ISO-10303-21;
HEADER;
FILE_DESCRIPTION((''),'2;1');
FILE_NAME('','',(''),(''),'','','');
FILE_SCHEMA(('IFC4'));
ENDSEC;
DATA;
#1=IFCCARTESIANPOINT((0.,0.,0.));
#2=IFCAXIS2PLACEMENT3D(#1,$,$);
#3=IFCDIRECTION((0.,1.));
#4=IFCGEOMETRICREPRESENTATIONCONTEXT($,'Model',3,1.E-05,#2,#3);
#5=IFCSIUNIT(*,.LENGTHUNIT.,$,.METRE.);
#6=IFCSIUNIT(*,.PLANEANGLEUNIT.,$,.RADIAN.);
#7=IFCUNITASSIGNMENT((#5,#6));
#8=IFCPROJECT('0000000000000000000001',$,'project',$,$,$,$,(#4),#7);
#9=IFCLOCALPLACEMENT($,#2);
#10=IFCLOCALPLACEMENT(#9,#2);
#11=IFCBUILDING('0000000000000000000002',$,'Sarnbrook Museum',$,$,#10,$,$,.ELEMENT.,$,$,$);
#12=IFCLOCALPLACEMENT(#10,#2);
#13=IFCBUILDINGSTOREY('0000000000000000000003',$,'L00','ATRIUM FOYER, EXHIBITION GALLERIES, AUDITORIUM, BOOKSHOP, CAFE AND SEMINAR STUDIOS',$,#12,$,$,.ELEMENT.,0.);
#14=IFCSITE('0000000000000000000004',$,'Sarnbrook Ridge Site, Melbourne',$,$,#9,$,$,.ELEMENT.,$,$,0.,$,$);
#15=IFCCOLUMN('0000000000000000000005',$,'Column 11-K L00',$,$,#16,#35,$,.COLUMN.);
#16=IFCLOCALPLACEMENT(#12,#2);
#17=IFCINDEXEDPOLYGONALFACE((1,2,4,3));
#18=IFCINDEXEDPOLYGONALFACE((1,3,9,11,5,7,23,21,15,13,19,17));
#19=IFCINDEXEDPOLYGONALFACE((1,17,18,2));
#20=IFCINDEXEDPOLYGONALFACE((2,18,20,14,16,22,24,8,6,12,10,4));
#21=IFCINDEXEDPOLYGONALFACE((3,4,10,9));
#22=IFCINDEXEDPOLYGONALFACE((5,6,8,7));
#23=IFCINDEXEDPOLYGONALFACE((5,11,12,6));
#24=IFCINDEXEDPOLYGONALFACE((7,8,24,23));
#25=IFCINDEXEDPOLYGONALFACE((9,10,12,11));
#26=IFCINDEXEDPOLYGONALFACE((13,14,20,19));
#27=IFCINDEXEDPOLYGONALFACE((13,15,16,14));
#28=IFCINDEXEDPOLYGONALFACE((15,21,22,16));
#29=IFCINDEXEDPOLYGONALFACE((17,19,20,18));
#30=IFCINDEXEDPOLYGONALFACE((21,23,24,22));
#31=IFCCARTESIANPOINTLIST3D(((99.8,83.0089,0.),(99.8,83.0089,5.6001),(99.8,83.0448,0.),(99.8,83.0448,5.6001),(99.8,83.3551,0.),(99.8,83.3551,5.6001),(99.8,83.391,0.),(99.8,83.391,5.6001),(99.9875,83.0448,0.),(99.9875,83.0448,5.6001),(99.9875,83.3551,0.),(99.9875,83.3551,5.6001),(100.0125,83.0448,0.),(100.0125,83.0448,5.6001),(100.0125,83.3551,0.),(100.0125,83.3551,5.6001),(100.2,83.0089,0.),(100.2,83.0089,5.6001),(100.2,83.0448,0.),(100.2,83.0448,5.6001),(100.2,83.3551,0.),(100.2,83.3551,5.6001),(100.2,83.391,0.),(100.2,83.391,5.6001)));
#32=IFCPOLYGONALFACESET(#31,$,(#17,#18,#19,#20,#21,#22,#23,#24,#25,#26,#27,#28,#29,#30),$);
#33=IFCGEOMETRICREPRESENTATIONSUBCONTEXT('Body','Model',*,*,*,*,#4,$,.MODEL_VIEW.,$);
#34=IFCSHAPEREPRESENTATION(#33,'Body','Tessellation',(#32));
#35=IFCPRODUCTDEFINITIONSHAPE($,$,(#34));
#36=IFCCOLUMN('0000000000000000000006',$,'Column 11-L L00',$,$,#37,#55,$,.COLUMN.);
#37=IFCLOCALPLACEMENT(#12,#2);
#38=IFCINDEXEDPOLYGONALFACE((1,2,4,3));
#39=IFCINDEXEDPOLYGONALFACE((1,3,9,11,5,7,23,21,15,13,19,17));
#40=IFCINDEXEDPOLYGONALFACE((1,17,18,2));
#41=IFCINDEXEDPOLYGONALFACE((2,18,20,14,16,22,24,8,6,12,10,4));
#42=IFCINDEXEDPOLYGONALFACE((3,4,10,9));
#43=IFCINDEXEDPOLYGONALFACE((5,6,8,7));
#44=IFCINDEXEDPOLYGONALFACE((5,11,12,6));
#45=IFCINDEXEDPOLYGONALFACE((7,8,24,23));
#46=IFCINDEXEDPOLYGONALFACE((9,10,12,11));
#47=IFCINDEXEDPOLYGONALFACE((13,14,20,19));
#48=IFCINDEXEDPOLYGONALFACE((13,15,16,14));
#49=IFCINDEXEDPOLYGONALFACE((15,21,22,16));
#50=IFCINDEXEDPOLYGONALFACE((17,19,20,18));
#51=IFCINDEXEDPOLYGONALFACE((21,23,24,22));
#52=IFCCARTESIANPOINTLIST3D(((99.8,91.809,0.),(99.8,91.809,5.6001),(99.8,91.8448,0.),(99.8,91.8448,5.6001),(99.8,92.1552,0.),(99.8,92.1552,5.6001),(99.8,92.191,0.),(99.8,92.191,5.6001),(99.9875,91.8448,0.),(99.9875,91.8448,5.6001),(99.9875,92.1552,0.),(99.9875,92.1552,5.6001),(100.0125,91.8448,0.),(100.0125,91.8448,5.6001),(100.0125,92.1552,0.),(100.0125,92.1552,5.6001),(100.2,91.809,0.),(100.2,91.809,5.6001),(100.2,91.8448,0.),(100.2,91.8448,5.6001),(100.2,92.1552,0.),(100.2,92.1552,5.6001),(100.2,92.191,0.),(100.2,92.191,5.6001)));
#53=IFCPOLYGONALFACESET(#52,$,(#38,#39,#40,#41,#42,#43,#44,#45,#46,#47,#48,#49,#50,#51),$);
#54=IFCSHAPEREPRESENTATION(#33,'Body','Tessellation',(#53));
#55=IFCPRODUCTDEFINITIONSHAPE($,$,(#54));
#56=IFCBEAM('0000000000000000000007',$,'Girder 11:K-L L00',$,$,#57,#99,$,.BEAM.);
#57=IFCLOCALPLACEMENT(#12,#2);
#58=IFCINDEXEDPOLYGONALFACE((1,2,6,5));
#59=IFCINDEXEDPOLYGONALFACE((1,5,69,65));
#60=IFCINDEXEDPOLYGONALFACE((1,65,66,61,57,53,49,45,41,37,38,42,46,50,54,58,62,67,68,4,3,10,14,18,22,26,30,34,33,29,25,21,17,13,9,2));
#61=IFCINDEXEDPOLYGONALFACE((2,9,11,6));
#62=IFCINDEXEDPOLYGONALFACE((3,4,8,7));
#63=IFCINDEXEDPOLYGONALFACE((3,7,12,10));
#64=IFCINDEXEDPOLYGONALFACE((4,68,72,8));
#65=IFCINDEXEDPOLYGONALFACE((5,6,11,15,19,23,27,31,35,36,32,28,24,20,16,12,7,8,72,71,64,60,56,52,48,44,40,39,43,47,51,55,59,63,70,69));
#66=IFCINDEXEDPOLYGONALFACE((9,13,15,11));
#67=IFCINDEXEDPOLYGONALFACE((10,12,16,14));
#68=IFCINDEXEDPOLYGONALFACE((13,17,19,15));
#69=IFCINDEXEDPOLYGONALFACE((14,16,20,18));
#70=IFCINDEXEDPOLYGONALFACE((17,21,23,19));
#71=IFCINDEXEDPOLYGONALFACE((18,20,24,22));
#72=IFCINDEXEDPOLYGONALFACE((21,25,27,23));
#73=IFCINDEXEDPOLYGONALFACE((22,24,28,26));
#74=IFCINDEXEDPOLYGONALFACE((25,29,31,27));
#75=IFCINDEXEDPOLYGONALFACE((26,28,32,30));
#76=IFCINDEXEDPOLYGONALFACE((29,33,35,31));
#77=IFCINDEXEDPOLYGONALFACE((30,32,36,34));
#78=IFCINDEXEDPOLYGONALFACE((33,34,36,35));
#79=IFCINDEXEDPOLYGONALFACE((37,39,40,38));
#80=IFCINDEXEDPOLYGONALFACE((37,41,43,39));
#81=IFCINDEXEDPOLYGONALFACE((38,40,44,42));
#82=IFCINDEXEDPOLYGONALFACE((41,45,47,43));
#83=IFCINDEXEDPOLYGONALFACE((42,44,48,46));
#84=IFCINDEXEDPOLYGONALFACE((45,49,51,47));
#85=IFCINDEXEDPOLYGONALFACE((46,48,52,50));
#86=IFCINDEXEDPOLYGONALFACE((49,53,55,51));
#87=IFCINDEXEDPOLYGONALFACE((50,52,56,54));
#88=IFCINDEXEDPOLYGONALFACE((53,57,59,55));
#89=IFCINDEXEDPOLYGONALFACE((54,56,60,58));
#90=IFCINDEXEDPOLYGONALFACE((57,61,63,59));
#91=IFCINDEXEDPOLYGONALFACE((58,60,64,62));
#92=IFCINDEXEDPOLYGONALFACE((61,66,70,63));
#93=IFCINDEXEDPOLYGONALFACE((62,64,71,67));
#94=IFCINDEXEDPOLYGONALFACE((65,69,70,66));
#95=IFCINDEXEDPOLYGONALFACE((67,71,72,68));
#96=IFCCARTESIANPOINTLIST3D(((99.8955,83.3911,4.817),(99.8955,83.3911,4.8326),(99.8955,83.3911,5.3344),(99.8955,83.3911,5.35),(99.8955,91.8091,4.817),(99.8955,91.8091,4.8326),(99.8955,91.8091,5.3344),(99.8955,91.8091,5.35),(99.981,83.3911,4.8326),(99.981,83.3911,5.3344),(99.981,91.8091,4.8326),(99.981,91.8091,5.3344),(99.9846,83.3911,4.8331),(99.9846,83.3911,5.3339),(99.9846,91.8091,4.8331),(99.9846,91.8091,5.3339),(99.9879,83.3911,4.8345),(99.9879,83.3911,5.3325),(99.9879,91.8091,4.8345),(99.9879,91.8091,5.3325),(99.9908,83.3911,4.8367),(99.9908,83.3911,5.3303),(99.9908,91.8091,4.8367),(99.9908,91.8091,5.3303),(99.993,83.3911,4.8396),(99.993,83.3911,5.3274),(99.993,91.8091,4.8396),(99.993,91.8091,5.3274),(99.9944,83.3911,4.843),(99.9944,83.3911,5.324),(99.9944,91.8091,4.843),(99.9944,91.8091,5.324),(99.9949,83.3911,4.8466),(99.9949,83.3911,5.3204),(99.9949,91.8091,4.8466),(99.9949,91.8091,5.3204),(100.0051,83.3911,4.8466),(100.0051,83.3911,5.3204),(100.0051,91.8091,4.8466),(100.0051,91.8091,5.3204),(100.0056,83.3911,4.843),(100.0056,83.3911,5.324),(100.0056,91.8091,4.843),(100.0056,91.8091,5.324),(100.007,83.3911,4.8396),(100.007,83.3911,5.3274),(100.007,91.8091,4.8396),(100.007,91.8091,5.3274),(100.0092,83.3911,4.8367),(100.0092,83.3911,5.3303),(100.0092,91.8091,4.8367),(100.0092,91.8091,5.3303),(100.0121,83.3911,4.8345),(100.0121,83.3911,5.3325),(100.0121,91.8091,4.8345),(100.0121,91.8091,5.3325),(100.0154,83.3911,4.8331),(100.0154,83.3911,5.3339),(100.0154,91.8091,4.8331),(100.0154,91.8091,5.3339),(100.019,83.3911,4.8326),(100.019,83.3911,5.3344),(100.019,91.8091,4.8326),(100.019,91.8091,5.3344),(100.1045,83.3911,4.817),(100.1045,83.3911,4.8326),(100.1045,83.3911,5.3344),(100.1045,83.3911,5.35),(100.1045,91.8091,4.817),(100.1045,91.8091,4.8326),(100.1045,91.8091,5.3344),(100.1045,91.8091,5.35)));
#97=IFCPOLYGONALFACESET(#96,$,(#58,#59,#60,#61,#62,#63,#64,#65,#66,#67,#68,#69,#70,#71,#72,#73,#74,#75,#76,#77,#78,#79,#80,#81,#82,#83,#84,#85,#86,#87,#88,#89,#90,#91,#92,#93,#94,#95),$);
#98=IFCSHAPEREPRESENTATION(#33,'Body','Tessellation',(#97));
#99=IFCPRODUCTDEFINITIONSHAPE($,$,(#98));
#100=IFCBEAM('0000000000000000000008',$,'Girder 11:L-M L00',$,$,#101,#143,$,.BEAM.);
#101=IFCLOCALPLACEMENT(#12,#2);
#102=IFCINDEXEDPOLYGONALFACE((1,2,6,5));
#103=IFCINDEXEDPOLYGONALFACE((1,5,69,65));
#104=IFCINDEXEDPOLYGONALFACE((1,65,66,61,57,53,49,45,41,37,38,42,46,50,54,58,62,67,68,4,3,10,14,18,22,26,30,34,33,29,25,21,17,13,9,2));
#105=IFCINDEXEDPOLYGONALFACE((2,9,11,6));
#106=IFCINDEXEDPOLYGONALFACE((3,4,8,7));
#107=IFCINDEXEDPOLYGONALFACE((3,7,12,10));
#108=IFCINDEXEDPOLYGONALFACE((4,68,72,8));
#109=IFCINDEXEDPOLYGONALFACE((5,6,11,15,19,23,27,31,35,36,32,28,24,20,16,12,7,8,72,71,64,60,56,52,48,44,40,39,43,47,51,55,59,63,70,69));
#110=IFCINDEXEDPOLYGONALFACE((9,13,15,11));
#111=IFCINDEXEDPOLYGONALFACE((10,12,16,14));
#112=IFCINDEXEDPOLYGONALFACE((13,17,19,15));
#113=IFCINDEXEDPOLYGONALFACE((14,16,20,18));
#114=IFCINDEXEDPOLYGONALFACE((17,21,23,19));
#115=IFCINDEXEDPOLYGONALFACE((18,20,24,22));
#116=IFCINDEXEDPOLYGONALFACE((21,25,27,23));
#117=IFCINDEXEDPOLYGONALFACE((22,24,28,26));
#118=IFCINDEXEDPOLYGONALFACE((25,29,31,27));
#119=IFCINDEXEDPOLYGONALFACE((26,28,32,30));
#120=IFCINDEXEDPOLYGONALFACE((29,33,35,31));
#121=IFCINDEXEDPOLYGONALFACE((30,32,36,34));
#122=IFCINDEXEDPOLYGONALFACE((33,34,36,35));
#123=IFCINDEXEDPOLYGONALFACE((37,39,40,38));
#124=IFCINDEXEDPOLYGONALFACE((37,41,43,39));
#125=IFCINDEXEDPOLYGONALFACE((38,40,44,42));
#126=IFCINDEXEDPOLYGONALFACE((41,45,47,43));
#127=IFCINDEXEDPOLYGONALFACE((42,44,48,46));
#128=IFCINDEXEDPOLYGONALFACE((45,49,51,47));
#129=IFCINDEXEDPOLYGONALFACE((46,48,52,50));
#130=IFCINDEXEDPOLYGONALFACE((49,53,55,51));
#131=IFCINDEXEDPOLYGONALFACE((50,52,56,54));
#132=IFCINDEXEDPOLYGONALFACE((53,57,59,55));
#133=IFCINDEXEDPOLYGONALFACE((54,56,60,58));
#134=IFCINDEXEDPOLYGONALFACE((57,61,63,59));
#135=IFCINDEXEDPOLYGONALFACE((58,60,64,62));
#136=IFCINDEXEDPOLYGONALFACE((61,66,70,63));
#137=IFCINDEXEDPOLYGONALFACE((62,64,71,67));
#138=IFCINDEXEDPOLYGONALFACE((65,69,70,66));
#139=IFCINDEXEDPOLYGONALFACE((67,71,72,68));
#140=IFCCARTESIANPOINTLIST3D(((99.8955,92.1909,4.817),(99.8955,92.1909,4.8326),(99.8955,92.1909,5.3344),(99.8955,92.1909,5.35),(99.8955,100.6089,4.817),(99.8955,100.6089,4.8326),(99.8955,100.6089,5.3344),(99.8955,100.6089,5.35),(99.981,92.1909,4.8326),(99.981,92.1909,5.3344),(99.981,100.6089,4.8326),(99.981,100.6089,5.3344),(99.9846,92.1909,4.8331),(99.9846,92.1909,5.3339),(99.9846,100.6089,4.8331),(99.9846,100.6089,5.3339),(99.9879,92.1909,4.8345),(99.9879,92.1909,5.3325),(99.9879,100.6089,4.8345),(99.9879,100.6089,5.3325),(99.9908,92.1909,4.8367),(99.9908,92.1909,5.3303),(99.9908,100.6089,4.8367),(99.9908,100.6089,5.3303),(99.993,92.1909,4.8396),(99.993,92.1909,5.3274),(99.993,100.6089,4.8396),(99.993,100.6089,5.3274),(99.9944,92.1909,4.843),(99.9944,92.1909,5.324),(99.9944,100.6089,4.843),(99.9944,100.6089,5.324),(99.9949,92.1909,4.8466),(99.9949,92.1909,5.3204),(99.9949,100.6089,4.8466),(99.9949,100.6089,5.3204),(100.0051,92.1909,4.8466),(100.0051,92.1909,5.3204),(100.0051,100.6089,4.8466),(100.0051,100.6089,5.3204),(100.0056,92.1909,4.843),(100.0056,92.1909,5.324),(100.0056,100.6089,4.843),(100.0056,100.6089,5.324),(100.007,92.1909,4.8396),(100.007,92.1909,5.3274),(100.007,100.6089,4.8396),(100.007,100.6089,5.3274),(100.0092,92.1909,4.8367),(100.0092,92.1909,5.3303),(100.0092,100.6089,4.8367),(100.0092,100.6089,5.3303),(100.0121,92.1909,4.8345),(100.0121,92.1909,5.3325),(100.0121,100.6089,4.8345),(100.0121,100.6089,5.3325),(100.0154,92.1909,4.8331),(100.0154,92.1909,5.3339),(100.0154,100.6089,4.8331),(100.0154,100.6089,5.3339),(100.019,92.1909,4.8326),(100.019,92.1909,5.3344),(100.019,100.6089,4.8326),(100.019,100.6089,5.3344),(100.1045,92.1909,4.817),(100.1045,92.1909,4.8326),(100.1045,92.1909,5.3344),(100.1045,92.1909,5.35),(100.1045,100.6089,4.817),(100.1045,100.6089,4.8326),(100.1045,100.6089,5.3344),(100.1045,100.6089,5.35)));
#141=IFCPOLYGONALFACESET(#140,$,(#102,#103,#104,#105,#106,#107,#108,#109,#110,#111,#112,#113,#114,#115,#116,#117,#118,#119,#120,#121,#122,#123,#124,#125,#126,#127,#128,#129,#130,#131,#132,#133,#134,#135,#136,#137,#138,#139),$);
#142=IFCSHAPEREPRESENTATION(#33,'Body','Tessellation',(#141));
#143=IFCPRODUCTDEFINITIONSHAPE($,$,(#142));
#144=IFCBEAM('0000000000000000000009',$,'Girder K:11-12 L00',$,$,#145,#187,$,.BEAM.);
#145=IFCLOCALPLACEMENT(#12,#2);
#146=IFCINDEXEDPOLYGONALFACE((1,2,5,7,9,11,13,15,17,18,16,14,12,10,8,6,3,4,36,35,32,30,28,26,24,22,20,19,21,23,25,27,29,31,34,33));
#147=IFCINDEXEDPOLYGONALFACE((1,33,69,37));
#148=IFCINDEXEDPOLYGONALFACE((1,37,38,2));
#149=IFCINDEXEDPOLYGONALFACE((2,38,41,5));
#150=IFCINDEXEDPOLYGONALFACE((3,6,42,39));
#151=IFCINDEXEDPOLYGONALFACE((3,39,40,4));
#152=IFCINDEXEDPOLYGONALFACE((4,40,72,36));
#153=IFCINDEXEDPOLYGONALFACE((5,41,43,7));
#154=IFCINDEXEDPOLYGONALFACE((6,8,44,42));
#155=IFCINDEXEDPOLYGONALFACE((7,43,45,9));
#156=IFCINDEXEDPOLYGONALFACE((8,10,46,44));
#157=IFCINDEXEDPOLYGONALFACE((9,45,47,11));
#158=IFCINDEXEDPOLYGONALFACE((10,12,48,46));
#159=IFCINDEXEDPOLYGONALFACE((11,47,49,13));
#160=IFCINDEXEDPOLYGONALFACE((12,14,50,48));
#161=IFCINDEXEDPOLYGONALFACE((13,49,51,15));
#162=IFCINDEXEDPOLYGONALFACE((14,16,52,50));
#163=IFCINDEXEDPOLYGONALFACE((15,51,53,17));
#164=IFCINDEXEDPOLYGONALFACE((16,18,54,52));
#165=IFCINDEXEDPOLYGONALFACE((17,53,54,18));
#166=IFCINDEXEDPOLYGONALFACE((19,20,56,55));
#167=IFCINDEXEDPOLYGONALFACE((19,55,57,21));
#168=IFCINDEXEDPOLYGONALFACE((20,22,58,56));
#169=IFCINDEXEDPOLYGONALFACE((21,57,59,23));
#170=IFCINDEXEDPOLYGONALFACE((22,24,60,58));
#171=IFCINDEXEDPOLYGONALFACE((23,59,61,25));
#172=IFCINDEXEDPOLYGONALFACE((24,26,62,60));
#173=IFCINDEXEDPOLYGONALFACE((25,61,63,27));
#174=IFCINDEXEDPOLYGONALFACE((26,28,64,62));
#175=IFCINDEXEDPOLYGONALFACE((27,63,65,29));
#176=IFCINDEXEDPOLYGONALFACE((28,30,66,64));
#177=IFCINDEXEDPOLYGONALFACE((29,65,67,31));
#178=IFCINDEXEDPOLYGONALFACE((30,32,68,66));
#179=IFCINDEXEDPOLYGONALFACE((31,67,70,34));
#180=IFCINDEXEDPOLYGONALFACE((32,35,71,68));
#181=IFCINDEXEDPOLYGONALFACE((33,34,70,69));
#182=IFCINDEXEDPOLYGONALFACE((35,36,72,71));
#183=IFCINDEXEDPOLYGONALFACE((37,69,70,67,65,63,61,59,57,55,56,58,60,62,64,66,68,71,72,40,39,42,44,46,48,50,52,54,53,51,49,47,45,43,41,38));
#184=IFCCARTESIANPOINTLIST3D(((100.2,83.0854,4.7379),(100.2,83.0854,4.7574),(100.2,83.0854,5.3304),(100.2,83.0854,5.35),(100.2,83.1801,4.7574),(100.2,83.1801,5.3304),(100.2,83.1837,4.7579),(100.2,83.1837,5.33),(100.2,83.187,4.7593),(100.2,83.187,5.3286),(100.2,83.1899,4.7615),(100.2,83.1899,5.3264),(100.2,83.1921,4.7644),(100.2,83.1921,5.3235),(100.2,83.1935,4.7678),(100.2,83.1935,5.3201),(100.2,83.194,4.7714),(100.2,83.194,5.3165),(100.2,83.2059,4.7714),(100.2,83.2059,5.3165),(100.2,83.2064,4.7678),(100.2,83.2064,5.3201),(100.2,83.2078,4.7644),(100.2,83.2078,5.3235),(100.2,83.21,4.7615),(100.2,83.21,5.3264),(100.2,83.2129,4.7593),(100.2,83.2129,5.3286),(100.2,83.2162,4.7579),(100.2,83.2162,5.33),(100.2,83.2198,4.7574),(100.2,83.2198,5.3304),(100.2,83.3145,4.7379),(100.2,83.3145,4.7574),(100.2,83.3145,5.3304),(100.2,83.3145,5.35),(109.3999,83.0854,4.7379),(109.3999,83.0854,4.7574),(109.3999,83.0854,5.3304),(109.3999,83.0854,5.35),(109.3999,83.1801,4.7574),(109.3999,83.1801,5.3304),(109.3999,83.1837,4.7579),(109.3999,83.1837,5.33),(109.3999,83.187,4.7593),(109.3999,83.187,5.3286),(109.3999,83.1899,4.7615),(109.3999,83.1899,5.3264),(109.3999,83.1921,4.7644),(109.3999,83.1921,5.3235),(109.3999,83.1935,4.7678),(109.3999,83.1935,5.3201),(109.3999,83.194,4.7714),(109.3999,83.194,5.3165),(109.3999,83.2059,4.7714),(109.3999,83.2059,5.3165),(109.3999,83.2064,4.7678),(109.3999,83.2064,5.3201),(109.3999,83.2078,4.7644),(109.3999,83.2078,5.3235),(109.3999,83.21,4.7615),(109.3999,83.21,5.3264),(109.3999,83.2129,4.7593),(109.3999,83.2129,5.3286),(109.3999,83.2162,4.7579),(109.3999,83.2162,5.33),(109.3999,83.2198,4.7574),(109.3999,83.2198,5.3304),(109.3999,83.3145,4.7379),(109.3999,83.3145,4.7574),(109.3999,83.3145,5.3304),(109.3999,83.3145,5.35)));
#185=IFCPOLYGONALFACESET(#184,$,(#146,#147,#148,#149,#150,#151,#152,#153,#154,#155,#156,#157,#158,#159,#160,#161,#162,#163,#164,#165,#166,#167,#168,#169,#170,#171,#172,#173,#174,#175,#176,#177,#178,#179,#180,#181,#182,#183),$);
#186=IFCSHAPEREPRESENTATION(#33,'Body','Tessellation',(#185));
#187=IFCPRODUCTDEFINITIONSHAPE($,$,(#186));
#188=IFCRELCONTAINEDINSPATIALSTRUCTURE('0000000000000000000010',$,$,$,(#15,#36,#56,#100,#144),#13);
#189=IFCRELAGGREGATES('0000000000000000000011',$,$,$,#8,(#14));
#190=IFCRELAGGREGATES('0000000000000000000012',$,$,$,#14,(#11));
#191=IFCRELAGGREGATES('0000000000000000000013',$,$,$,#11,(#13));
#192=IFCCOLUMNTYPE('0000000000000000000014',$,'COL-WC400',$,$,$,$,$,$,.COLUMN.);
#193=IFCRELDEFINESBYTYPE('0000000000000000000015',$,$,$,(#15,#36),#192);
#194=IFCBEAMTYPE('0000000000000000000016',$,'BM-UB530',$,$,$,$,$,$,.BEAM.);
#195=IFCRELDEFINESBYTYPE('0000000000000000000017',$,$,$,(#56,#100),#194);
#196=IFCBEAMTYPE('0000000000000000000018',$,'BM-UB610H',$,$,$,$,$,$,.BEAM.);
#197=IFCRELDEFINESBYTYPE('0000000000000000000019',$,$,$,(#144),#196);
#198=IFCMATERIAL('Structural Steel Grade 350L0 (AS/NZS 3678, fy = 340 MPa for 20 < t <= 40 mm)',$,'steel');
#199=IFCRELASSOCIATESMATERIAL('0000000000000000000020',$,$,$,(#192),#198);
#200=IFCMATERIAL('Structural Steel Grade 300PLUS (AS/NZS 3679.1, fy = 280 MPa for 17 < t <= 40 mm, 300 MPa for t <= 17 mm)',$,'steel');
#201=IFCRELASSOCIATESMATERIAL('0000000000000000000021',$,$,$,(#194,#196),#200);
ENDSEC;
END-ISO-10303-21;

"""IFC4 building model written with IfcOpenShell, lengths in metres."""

from ifc_helpers import new_model, si_unit, direction, frame, origin, origin_2d, place, context, subcontext, project, spatial, i_section, extrude, material, material_profile, profile_set, type_object, element, save


model = new_model("IFC4")

# Units and contexts
model_context = context("Model", 3, precision=1e-05, world=origin(), true_north=direction((0.0, 1.0)))
body_context = subcontext(model_context, "Body", "Model", "MODEL_VIEW")
ifc_project = project(units=[si_unit("LENGTHUNIT", "METRE"), si_unit("PLANEANGLEUNIT", "RADIAN")], contexts=[model_context])

# Site, building, storey
site_placement = place(None, origin())
site = spatial("IfcSite", under=ifc_project, at=site_placement, Name="Sarnbrook Ridge Site, Melbourne", CompositionType="ELEMENT", RefElevation=0.0)
building_placement = place(site_placement, origin())
building = spatial("IfcBuilding", under=site, at=building_placement, Name="Sarnbrook Museum", CompositionType="ELEMENT")
storey_placement = place(building_placement, origin())
storey = spatial("IfcBuildingStorey", under=building, at=storey_placement, Name="L00", Description="ATRIUM FOYER, EXHIBITION GALLERIES, AUDITORIUM, BOOKSHOP, CAFE AND SEMINAR STUDIOS", CompositionType="ELEMENT", Elevation=0.0)

# Columns
ifc_material_1 = material(Name="Structural Steel Grade 350L0 (AS/NZS 3678, fy = 340 MPa for 20 < t <= 40 mm)", Category="steel")
ifc_material_profile_1 = material_profile(ifc_material_1, i_section(OverallWidth=0.3999, OverallDepth=0.3821, WebThickness=0.0249, FlangeThickness=0.0359, at=origin_2d()), Name="400WC270")
ifc_profile_set_1 = profile_set([ifc_material_profile_1], Name="Structural Steel Grade 350L0 (AS/NZS 3678, fy = 340 MPa for 20 < t <= 40 mm)")
column_type = type_object("IfcColumnType", Name="COL-WC400", PredefinedType="COLUMN", material=ifc_profile_set_1)
for number, where, z_axis, x_axis, name in (
    (1, (100.0, 83.2, 0.0), (0.0, 0.0, 1.0), (1.0, 0.0, 0.0), "Column 11-K L00"),
    (2, (100.0, 92.0, 0.0), (0.0, 0.0, 1.0), (1.0, 0.0, 0.0), "Column 11-L L00"),
):
    element("IfcColumn", number, at=place(storey_placement, frame(where, z_axis=z_axis, x_axis=x_axis)), inside=storey, type_object=column_type, Name=name, PredefinedType="COLUMN", context=body_context, shape_type="SweptSolid", body=[
        extrude(i_section(OverallWidth=0.3999, OverallDepth=0.3821, WebThickness=0.0249, FlangeThickness=0.0359, at=origin_2d()), origin(), (0.0, 0.0, 1.0), 5.6001),
    ])

# Beams
ifc_material_2 = material(Name="Structural Steel Grade 300PLUS (AS/NZS 3679.1, fy = 280 MPa for 17 < t <= 40 mm, 300 MPa for t <= 17 mm)", Category="steel")
ifc_material_profile_2 = material_profile(ifc_material_2, i_section(OverallWidth=0.209, OverallDepth=0.533, WebThickness=0.0103, FlangeThickness=0.0156, FilletRadius=0.0139, at=origin_2d()), Name="530UB92.4")
ifc_profile_set_2 = profile_set([ifc_material_profile_2], Name="Structural Steel Grade 300PLUS (AS/NZS 3679.1, fy = 280 MPa for 17 < t <= 40 mm, 300 MPa for t <= 17 mm)")
beam_type_1 = type_object("IfcBeamType", Name="BM-UB530", PredefinedType="BEAM", material=ifc_profile_set_2)
for number, where, z_axis, x_axis, name in (
    (3, (100.0, 83.3911, 5.0835), (0.0, 1.0, 0.0), (-1.0, 0.0, 0.0), "Girder 11:K-L L00"),
    (4, (100.0, 92.1909, 5.0835), (0.0, 1.0, 0.0), (-1.0, 0.0, 0.0), "Girder 11:L-M L00"),
):
    element("IfcBeam", number, at=place(storey_placement, frame(where, z_axis=z_axis, x_axis=x_axis)), inside=storey, type_object=beam_type_1, Name=name, PredefinedType="BEAM", context=body_context, shape_type="SweptSolid", body=[
        extrude(i_section(OverallWidth=0.209, OverallDepth=0.533, WebThickness=0.0103, FlangeThickness=0.0156, FilletRadius=0.0139, at=origin_2d()), origin(), (0.0, 0.0, 1.0), 8.418),
    ])
ifc_material_profile_3 = material_profile(ifc_material_2, i_section(OverallWidth=0.229, OverallDepth=0.6121, WebThickness=0.012, FlangeThickness=0.0195, FilletRadius=0.0139, at=origin_2d()), Name="610UB125")
ifc_profile_set_3 = profile_set([ifc_material_profile_3], Name="Structural Steel Grade 300PLUS (AS/NZS 3679.1, fy = 280 MPa for 17 < t <= 40 mm, 300 MPa for t <= 17 mm)")
beam_type_2 = type_object("IfcBeamType", Name="BM-UB610H", PredefinedType="BEAM", material=ifc_profile_set_3)
for number, where, z_axis, x_axis, name in (
    (5, (100.2, 83.2, 5.0439), (1.0, 0.0, 0.0), (0.0, 1.0, 0.0), "Girder K:11-12 L00"),
):
    element("IfcBeam", number, at=place(storey_placement, frame(where, z_axis=z_axis, x_axis=x_axis)), inside=storey, type_object=beam_type_2, Name=name, PredefinedType="BEAM", context=body_context, shape_type="SweptSolid", body=[
        extrude(i_section(OverallWidth=0.229, OverallDepth=0.6121, WebThickness=0.012, FlangeThickness=0.0195, FilletRadius=0.0139, at=origin_2d()), origin(), (0.0, 0.0, 1.0), 9.2),
    ])

save(model, "model.ifc")
